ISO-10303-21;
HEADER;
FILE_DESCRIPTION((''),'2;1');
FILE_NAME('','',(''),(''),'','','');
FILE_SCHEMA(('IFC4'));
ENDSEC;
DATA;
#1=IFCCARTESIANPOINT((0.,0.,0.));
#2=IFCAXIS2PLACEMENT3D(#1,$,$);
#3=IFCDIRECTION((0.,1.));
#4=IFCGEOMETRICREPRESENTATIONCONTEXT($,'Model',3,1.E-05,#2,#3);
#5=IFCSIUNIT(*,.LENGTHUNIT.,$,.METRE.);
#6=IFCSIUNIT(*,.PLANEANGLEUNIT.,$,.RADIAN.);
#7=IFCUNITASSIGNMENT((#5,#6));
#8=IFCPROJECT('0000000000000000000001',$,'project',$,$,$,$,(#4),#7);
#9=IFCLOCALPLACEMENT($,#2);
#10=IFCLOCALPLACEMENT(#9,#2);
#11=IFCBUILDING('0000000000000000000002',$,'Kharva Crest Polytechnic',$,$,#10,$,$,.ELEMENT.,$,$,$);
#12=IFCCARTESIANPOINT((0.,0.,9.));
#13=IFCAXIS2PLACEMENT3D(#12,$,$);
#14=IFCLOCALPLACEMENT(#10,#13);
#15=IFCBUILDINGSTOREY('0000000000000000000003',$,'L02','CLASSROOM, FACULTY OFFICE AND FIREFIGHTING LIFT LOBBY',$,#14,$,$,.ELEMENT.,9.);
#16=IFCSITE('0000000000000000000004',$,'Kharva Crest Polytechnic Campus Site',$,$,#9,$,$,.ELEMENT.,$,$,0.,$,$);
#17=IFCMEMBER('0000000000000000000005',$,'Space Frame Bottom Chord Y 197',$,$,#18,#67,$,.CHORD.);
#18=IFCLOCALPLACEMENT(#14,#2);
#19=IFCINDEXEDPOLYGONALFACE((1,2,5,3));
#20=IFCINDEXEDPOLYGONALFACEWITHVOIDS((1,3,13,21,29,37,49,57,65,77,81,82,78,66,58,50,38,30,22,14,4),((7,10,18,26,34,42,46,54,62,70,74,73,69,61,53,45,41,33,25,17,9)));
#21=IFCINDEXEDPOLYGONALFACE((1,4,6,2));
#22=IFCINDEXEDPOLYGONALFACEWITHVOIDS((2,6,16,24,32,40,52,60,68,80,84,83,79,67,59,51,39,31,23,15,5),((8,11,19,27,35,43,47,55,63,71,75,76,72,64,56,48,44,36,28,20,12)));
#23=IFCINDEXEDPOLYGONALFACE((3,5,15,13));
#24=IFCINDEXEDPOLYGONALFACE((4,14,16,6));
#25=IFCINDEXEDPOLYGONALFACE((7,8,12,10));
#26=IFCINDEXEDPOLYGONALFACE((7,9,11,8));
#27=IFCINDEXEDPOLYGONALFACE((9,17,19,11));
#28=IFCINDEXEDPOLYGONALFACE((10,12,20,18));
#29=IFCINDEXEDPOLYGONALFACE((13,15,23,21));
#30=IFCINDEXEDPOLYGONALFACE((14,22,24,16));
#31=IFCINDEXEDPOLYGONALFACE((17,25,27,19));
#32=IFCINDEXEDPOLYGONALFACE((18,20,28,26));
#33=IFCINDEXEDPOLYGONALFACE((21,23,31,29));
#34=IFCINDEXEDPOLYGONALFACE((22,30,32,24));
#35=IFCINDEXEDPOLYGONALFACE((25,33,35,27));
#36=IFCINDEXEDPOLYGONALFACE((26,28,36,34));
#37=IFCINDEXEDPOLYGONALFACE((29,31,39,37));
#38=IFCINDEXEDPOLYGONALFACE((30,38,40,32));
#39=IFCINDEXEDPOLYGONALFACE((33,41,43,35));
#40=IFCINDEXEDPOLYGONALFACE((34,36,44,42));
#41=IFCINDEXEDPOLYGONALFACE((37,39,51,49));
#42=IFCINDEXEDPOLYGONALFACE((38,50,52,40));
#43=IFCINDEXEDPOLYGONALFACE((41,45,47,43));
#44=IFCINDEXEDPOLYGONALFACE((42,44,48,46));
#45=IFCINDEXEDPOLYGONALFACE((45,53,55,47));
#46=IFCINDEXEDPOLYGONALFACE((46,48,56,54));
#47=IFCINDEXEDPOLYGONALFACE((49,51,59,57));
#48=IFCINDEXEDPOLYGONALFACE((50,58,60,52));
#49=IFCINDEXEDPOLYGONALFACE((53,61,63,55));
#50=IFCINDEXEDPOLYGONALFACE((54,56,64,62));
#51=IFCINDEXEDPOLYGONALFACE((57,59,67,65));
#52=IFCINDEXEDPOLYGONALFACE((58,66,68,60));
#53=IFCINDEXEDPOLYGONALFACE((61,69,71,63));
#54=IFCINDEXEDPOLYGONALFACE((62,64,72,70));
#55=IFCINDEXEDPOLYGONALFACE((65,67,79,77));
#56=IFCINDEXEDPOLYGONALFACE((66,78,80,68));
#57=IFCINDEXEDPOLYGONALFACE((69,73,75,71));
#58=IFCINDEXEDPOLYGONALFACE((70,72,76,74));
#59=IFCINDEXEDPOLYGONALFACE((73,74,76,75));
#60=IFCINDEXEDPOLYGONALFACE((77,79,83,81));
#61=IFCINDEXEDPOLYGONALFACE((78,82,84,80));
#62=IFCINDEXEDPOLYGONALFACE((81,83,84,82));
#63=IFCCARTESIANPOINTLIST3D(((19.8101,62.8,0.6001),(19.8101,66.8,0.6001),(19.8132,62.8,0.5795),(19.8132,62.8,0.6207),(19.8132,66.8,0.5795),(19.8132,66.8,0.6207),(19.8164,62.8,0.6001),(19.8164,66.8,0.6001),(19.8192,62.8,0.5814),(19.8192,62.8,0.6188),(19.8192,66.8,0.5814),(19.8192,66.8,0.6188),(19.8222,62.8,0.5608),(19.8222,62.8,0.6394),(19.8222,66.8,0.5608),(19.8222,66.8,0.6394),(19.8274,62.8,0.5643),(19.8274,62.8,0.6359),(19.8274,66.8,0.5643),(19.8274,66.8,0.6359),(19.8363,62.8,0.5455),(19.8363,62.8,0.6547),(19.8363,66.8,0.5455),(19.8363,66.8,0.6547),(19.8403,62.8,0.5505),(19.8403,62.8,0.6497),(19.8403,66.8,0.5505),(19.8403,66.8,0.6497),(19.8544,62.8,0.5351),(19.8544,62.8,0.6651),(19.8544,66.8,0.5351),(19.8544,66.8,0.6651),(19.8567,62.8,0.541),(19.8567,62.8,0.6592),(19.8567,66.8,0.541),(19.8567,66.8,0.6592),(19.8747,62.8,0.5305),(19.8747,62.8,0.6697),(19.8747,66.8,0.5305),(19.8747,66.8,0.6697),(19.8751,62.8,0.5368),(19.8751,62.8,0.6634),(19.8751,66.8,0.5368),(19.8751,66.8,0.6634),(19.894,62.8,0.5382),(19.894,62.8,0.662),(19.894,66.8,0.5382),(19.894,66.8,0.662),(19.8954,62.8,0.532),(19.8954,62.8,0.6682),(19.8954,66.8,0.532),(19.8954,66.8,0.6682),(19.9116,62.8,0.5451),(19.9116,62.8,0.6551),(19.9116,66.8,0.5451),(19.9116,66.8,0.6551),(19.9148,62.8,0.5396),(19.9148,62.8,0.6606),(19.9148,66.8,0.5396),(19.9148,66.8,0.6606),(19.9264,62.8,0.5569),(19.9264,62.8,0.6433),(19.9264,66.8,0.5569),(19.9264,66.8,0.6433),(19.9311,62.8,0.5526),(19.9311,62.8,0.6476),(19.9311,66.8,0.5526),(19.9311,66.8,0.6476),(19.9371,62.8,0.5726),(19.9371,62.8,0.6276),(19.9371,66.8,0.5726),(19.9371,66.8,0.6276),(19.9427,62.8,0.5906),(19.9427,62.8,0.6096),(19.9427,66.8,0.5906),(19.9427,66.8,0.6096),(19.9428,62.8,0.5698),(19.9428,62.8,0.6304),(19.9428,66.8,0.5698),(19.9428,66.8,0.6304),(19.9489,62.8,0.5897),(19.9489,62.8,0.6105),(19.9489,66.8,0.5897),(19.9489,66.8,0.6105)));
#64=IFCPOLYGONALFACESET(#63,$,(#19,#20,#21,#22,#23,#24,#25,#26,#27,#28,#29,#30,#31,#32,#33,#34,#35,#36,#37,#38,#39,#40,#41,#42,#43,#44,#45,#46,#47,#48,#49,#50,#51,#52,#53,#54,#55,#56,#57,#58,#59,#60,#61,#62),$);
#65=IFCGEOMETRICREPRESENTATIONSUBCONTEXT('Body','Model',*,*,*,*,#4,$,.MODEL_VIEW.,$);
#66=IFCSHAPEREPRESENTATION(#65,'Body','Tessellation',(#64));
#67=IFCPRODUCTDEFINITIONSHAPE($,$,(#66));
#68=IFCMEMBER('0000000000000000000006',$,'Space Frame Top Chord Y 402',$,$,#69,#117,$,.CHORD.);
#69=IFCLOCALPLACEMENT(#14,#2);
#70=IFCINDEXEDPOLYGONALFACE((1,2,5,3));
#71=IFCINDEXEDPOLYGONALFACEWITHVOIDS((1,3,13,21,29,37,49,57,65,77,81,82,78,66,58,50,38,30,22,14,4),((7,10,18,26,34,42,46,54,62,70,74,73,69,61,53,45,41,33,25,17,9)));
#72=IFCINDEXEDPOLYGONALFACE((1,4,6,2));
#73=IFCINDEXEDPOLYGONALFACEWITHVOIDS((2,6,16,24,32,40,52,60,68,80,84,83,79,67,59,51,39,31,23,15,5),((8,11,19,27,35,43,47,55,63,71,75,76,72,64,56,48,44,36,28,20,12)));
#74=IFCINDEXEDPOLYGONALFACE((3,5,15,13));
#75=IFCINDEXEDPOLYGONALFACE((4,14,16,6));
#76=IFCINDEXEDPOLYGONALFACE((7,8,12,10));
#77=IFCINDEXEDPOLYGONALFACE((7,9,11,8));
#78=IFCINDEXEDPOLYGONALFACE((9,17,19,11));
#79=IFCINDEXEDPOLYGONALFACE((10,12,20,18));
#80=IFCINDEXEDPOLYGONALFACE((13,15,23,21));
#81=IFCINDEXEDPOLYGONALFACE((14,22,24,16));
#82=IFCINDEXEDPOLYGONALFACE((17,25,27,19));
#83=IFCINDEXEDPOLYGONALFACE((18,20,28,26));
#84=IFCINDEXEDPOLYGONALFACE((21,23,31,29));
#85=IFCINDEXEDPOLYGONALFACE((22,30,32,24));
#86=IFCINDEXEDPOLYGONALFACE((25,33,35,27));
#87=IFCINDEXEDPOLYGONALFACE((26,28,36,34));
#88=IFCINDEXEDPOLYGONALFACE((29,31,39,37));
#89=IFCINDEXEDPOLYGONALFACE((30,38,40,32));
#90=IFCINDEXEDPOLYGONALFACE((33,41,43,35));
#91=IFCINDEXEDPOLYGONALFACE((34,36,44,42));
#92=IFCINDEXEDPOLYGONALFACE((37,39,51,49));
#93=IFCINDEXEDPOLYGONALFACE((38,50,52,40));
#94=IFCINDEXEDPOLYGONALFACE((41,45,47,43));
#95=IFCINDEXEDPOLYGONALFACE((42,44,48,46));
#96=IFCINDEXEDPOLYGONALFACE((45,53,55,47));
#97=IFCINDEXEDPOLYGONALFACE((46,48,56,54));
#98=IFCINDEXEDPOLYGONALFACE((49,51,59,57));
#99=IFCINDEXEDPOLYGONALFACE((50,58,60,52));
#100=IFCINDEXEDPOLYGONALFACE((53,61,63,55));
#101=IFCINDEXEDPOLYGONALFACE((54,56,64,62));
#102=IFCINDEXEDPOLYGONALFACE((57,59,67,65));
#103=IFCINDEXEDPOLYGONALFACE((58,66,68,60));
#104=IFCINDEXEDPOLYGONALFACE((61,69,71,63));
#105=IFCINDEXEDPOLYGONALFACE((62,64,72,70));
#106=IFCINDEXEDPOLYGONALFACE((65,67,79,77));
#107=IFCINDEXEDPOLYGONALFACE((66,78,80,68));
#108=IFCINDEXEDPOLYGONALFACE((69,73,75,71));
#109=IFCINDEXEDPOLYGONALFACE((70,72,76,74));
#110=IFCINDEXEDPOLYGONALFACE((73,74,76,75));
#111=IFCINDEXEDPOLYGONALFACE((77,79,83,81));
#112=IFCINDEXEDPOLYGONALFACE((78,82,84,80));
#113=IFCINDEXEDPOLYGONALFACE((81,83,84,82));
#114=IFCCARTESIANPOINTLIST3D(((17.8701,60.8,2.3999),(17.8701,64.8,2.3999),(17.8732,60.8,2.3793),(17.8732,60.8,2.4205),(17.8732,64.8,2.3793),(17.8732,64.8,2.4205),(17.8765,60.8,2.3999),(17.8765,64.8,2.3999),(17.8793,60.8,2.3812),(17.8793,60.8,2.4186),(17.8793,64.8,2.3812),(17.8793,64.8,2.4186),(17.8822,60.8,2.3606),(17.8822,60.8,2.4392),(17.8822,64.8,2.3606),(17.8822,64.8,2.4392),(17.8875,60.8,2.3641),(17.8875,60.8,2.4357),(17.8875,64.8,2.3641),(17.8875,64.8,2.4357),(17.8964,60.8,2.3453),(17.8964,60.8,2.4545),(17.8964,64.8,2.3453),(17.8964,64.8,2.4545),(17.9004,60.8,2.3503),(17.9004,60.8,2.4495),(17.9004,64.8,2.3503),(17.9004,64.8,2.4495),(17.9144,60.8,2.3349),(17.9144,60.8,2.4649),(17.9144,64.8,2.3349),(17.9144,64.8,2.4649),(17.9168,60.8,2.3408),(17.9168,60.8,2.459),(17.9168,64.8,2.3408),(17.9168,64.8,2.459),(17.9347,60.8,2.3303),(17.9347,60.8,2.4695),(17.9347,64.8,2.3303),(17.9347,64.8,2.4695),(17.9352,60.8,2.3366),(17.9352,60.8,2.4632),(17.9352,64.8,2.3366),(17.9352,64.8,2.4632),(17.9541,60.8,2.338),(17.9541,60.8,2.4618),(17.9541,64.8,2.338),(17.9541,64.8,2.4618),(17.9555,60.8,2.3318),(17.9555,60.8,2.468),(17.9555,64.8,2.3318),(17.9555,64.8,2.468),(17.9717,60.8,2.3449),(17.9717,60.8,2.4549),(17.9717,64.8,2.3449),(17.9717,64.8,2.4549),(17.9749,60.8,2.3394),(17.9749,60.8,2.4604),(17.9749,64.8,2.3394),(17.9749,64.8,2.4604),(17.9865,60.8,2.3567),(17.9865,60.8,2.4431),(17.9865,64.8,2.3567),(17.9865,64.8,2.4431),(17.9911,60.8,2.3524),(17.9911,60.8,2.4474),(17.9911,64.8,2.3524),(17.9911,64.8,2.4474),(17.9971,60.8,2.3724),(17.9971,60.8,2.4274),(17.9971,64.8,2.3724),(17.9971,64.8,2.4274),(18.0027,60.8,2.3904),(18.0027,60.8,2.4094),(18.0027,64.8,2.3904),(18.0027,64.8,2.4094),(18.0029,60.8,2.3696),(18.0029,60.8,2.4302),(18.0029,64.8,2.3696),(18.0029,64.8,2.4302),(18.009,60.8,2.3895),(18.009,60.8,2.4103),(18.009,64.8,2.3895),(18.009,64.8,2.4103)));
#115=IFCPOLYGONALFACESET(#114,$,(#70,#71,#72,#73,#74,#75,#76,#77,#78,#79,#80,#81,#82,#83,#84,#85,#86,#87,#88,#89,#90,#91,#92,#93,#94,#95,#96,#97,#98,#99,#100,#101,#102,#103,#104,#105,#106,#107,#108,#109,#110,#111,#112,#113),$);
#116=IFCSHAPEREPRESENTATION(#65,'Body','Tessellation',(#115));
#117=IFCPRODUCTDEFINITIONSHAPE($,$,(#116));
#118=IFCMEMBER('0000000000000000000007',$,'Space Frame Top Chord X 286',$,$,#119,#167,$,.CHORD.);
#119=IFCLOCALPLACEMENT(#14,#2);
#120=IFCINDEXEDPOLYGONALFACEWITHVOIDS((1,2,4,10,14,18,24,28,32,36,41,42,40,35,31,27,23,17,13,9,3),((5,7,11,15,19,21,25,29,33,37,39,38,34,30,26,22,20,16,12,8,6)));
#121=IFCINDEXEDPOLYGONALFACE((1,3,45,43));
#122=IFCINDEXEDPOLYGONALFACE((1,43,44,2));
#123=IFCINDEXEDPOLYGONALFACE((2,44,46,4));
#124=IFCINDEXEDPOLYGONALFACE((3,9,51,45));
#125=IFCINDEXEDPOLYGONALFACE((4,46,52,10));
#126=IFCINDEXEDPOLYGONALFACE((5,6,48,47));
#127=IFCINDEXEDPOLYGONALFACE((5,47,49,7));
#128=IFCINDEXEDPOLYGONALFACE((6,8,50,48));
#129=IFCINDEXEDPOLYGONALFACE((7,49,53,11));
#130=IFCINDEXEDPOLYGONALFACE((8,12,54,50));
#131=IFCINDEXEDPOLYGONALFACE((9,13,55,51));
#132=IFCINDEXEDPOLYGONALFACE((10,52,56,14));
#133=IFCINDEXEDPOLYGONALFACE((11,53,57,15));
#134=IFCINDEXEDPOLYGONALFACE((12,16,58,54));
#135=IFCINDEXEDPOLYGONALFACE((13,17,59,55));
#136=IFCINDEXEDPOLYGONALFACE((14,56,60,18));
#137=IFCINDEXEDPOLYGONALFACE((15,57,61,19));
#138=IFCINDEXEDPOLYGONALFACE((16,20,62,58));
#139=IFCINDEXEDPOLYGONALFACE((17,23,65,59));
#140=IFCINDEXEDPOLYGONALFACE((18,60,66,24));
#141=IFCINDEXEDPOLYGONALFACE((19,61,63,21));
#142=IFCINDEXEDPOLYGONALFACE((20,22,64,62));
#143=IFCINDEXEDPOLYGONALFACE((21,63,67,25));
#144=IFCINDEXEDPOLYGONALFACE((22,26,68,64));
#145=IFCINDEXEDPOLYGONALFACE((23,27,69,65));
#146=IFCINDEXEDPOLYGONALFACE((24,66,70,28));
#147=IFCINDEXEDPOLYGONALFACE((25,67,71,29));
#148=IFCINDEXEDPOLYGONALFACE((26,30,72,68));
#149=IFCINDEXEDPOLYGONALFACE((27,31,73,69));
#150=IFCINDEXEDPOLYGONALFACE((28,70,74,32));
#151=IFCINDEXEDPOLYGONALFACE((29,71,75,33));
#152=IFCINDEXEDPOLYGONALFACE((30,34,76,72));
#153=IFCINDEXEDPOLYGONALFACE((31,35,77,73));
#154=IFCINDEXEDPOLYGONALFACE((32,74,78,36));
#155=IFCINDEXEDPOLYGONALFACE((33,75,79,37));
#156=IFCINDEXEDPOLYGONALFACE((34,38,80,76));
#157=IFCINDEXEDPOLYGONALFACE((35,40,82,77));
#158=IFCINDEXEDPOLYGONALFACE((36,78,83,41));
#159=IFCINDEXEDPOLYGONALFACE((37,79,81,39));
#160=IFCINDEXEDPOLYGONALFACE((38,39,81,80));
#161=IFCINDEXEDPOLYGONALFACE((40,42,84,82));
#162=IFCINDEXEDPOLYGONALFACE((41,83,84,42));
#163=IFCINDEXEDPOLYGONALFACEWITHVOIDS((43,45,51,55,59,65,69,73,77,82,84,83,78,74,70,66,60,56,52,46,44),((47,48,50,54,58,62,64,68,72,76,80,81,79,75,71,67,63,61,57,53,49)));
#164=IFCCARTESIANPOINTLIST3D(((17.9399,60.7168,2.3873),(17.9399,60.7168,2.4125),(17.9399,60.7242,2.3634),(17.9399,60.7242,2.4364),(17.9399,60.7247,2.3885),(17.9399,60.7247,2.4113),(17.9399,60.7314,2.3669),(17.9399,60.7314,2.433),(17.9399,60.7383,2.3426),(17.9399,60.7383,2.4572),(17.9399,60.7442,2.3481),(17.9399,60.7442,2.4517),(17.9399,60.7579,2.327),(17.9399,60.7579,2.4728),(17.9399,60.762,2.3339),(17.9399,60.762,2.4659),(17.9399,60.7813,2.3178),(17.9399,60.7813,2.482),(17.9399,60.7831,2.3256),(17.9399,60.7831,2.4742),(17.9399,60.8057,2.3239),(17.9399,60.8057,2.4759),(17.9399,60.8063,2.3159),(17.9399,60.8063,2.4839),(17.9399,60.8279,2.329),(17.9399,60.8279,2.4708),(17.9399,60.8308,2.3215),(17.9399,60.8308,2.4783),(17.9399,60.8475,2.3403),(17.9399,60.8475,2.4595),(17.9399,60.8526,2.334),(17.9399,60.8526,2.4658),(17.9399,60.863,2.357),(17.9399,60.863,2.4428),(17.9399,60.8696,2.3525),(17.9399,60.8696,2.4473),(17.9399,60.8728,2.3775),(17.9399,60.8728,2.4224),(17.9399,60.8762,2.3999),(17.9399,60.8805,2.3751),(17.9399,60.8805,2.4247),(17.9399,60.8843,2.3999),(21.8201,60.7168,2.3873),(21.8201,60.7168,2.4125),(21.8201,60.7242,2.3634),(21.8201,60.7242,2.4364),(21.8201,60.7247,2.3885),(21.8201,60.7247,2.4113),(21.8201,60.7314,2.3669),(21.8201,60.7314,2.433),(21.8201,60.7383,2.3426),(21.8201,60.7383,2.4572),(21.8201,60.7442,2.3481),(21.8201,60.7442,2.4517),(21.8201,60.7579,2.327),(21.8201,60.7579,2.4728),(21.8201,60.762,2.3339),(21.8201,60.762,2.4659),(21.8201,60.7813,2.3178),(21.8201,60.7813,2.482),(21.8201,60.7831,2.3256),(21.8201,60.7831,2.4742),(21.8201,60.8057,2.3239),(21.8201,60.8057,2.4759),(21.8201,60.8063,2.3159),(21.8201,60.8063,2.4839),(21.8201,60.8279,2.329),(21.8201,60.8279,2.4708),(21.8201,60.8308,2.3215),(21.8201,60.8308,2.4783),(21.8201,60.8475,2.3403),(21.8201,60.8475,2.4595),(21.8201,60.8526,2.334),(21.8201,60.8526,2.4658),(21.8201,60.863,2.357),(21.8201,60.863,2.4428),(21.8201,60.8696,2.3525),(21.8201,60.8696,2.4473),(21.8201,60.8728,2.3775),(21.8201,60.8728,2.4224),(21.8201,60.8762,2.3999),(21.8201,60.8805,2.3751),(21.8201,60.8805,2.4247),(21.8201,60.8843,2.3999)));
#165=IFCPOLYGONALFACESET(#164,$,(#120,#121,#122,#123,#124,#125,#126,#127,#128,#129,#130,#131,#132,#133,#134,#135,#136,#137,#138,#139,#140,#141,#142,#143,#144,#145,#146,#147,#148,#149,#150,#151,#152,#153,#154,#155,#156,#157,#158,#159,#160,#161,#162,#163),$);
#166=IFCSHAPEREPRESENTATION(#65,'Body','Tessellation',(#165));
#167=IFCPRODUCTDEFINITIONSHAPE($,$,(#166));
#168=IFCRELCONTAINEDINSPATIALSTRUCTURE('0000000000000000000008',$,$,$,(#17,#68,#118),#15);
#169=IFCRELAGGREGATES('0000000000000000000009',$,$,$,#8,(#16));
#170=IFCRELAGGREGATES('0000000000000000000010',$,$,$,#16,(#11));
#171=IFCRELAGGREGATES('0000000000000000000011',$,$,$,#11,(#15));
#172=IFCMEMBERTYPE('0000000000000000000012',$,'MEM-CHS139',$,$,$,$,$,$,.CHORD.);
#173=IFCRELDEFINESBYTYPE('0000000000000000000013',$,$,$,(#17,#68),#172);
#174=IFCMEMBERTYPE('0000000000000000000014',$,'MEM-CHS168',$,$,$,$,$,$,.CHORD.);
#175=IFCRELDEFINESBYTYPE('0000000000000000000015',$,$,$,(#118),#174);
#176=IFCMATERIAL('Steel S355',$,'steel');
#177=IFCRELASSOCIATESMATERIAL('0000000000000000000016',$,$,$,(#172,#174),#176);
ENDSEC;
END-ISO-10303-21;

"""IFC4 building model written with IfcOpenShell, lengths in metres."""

from ifc_helpers import new_model, si_unit, direction, frame, origin, origin_2d, place, context, subcontext, project, spatial, hollow_circle, extrude, material, material_profile, profile_set, type_object, element, save


model = new_model("IFC4")

# Units and contexts
model_context = context("Model", 3, precision=1e-05, world=origin(), true_north=direction((0.0, 1.0)))
body_context = subcontext(model_context, "Body", "Model", "MODEL_VIEW")
ifc_project = project(units=[si_unit("LENGTHUNIT", "METRE"), si_unit("PLANEANGLEUNIT", "RADIAN")], contexts=[model_context])

# Site, building, storey
site_placement = place(None, origin())
site = spatial("IfcSite", under=ifc_project, at=site_placement, Name="Kharva Crest Polytechnic Campus Site", CompositionType="ELEMENT", RefElevation=0.0)
building_placement = place(site_placement, origin())
building = spatial("IfcBuilding", under=site, at=building_placement, Name="Kharva Crest Polytechnic", CompositionType="ELEMENT")
storey_placement = place(building_placement, frame((0.0, 0.0, 9.0)))
storey = spatial("IfcBuildingStorey", under=building, at=storey_placement, Name="L02", Description="CLASSROOM, FACULTY OFFICE AND FIREFIGHTING LIFT LOBBY", CompositionType="ELEMENT", Elevation=9.0)

# Shared definitions
ifc_material_1 = material(Name="Steel S355", Category="steel")

# Members
ifc_material_profile_1 = material_profile(ifc_material_1, hollow_circle(Radius=0.0698, WallThickness=0.0063, at=origin_2d()), Name="CHS 139.7X6.3")
ifc_profile_set_1 = profile_set([ifc_material_profile_1], Name="Steel S355")
member_type_1 = type_object("IfcMemberType", Name="MEM-CHS139", PredefinedType="CHORD", material=ifc_profile_set_1)
for number, where, z_axis, x_axis, name in (
    (1, (19.8799, 62.8, 0.6001), (0.0, 1.0, 0.0), (-1.0, 0.0, 0.0), "Space Frame Bottom Chord Y 197"),
    (2, (17.9399, 60.8, 2.3999), (0.0, 1.0, 0.0), (-1.0, 0.0, 0.0), "Space Frame Top Chord Y 402"),
):
    element("IfcMember", number, at=place(storey_placement, frame(where, z_axis=z_axis, x_axis=x_axis)), inside=storey, type_object=member_type_1, Name=name, PredefinedType="CHORD", context=body_context, shape_type="SweptSolid", body=[
        extrude(hollow_circle(Radius=0.0698, WallThickness=0.0063, at=origin_2d()), origin(), (0.0, 0.0, 1.0), 4.0),
    ])
ifc_material_profile_2 = material_profile(ifc_material_1, hollow_circle(Radius=0.0842, WallThickness=0.0081, at=origin_2d()), Name="CHS 168.3X8.0")
ifc_profile_set_2 = profile_set([ifc_material_profile_2], Name="Steel S355")
member_type_2 = type_object("IfcMemberType", Name="MEM-CHS168", PredefinedType="CHORD", material=ifc_profile_set_2)
member_1_placement = place(storey_placement, frame((17.9399, 60.8, 2.3999), z_axis=(1.0, 0.0, 0.0), x_axis=(0.0, 1.0, 0.0)))
element("IfcMember", 3, at=member_1_placement, inside=storey, type_object=member_type_2, Name="Space Frame Top Chord X 286", PredefinedType="CHORD", context=body_context, shape_type="SweptSolid", body=[
    extrude(hollow_circle(Radius=0.0842, WallThickness=0.0081, at=origin_2d()), origin(), (0.0, 0.0, 1.0), 3.8801),
])

save(model, "model.ifc")
